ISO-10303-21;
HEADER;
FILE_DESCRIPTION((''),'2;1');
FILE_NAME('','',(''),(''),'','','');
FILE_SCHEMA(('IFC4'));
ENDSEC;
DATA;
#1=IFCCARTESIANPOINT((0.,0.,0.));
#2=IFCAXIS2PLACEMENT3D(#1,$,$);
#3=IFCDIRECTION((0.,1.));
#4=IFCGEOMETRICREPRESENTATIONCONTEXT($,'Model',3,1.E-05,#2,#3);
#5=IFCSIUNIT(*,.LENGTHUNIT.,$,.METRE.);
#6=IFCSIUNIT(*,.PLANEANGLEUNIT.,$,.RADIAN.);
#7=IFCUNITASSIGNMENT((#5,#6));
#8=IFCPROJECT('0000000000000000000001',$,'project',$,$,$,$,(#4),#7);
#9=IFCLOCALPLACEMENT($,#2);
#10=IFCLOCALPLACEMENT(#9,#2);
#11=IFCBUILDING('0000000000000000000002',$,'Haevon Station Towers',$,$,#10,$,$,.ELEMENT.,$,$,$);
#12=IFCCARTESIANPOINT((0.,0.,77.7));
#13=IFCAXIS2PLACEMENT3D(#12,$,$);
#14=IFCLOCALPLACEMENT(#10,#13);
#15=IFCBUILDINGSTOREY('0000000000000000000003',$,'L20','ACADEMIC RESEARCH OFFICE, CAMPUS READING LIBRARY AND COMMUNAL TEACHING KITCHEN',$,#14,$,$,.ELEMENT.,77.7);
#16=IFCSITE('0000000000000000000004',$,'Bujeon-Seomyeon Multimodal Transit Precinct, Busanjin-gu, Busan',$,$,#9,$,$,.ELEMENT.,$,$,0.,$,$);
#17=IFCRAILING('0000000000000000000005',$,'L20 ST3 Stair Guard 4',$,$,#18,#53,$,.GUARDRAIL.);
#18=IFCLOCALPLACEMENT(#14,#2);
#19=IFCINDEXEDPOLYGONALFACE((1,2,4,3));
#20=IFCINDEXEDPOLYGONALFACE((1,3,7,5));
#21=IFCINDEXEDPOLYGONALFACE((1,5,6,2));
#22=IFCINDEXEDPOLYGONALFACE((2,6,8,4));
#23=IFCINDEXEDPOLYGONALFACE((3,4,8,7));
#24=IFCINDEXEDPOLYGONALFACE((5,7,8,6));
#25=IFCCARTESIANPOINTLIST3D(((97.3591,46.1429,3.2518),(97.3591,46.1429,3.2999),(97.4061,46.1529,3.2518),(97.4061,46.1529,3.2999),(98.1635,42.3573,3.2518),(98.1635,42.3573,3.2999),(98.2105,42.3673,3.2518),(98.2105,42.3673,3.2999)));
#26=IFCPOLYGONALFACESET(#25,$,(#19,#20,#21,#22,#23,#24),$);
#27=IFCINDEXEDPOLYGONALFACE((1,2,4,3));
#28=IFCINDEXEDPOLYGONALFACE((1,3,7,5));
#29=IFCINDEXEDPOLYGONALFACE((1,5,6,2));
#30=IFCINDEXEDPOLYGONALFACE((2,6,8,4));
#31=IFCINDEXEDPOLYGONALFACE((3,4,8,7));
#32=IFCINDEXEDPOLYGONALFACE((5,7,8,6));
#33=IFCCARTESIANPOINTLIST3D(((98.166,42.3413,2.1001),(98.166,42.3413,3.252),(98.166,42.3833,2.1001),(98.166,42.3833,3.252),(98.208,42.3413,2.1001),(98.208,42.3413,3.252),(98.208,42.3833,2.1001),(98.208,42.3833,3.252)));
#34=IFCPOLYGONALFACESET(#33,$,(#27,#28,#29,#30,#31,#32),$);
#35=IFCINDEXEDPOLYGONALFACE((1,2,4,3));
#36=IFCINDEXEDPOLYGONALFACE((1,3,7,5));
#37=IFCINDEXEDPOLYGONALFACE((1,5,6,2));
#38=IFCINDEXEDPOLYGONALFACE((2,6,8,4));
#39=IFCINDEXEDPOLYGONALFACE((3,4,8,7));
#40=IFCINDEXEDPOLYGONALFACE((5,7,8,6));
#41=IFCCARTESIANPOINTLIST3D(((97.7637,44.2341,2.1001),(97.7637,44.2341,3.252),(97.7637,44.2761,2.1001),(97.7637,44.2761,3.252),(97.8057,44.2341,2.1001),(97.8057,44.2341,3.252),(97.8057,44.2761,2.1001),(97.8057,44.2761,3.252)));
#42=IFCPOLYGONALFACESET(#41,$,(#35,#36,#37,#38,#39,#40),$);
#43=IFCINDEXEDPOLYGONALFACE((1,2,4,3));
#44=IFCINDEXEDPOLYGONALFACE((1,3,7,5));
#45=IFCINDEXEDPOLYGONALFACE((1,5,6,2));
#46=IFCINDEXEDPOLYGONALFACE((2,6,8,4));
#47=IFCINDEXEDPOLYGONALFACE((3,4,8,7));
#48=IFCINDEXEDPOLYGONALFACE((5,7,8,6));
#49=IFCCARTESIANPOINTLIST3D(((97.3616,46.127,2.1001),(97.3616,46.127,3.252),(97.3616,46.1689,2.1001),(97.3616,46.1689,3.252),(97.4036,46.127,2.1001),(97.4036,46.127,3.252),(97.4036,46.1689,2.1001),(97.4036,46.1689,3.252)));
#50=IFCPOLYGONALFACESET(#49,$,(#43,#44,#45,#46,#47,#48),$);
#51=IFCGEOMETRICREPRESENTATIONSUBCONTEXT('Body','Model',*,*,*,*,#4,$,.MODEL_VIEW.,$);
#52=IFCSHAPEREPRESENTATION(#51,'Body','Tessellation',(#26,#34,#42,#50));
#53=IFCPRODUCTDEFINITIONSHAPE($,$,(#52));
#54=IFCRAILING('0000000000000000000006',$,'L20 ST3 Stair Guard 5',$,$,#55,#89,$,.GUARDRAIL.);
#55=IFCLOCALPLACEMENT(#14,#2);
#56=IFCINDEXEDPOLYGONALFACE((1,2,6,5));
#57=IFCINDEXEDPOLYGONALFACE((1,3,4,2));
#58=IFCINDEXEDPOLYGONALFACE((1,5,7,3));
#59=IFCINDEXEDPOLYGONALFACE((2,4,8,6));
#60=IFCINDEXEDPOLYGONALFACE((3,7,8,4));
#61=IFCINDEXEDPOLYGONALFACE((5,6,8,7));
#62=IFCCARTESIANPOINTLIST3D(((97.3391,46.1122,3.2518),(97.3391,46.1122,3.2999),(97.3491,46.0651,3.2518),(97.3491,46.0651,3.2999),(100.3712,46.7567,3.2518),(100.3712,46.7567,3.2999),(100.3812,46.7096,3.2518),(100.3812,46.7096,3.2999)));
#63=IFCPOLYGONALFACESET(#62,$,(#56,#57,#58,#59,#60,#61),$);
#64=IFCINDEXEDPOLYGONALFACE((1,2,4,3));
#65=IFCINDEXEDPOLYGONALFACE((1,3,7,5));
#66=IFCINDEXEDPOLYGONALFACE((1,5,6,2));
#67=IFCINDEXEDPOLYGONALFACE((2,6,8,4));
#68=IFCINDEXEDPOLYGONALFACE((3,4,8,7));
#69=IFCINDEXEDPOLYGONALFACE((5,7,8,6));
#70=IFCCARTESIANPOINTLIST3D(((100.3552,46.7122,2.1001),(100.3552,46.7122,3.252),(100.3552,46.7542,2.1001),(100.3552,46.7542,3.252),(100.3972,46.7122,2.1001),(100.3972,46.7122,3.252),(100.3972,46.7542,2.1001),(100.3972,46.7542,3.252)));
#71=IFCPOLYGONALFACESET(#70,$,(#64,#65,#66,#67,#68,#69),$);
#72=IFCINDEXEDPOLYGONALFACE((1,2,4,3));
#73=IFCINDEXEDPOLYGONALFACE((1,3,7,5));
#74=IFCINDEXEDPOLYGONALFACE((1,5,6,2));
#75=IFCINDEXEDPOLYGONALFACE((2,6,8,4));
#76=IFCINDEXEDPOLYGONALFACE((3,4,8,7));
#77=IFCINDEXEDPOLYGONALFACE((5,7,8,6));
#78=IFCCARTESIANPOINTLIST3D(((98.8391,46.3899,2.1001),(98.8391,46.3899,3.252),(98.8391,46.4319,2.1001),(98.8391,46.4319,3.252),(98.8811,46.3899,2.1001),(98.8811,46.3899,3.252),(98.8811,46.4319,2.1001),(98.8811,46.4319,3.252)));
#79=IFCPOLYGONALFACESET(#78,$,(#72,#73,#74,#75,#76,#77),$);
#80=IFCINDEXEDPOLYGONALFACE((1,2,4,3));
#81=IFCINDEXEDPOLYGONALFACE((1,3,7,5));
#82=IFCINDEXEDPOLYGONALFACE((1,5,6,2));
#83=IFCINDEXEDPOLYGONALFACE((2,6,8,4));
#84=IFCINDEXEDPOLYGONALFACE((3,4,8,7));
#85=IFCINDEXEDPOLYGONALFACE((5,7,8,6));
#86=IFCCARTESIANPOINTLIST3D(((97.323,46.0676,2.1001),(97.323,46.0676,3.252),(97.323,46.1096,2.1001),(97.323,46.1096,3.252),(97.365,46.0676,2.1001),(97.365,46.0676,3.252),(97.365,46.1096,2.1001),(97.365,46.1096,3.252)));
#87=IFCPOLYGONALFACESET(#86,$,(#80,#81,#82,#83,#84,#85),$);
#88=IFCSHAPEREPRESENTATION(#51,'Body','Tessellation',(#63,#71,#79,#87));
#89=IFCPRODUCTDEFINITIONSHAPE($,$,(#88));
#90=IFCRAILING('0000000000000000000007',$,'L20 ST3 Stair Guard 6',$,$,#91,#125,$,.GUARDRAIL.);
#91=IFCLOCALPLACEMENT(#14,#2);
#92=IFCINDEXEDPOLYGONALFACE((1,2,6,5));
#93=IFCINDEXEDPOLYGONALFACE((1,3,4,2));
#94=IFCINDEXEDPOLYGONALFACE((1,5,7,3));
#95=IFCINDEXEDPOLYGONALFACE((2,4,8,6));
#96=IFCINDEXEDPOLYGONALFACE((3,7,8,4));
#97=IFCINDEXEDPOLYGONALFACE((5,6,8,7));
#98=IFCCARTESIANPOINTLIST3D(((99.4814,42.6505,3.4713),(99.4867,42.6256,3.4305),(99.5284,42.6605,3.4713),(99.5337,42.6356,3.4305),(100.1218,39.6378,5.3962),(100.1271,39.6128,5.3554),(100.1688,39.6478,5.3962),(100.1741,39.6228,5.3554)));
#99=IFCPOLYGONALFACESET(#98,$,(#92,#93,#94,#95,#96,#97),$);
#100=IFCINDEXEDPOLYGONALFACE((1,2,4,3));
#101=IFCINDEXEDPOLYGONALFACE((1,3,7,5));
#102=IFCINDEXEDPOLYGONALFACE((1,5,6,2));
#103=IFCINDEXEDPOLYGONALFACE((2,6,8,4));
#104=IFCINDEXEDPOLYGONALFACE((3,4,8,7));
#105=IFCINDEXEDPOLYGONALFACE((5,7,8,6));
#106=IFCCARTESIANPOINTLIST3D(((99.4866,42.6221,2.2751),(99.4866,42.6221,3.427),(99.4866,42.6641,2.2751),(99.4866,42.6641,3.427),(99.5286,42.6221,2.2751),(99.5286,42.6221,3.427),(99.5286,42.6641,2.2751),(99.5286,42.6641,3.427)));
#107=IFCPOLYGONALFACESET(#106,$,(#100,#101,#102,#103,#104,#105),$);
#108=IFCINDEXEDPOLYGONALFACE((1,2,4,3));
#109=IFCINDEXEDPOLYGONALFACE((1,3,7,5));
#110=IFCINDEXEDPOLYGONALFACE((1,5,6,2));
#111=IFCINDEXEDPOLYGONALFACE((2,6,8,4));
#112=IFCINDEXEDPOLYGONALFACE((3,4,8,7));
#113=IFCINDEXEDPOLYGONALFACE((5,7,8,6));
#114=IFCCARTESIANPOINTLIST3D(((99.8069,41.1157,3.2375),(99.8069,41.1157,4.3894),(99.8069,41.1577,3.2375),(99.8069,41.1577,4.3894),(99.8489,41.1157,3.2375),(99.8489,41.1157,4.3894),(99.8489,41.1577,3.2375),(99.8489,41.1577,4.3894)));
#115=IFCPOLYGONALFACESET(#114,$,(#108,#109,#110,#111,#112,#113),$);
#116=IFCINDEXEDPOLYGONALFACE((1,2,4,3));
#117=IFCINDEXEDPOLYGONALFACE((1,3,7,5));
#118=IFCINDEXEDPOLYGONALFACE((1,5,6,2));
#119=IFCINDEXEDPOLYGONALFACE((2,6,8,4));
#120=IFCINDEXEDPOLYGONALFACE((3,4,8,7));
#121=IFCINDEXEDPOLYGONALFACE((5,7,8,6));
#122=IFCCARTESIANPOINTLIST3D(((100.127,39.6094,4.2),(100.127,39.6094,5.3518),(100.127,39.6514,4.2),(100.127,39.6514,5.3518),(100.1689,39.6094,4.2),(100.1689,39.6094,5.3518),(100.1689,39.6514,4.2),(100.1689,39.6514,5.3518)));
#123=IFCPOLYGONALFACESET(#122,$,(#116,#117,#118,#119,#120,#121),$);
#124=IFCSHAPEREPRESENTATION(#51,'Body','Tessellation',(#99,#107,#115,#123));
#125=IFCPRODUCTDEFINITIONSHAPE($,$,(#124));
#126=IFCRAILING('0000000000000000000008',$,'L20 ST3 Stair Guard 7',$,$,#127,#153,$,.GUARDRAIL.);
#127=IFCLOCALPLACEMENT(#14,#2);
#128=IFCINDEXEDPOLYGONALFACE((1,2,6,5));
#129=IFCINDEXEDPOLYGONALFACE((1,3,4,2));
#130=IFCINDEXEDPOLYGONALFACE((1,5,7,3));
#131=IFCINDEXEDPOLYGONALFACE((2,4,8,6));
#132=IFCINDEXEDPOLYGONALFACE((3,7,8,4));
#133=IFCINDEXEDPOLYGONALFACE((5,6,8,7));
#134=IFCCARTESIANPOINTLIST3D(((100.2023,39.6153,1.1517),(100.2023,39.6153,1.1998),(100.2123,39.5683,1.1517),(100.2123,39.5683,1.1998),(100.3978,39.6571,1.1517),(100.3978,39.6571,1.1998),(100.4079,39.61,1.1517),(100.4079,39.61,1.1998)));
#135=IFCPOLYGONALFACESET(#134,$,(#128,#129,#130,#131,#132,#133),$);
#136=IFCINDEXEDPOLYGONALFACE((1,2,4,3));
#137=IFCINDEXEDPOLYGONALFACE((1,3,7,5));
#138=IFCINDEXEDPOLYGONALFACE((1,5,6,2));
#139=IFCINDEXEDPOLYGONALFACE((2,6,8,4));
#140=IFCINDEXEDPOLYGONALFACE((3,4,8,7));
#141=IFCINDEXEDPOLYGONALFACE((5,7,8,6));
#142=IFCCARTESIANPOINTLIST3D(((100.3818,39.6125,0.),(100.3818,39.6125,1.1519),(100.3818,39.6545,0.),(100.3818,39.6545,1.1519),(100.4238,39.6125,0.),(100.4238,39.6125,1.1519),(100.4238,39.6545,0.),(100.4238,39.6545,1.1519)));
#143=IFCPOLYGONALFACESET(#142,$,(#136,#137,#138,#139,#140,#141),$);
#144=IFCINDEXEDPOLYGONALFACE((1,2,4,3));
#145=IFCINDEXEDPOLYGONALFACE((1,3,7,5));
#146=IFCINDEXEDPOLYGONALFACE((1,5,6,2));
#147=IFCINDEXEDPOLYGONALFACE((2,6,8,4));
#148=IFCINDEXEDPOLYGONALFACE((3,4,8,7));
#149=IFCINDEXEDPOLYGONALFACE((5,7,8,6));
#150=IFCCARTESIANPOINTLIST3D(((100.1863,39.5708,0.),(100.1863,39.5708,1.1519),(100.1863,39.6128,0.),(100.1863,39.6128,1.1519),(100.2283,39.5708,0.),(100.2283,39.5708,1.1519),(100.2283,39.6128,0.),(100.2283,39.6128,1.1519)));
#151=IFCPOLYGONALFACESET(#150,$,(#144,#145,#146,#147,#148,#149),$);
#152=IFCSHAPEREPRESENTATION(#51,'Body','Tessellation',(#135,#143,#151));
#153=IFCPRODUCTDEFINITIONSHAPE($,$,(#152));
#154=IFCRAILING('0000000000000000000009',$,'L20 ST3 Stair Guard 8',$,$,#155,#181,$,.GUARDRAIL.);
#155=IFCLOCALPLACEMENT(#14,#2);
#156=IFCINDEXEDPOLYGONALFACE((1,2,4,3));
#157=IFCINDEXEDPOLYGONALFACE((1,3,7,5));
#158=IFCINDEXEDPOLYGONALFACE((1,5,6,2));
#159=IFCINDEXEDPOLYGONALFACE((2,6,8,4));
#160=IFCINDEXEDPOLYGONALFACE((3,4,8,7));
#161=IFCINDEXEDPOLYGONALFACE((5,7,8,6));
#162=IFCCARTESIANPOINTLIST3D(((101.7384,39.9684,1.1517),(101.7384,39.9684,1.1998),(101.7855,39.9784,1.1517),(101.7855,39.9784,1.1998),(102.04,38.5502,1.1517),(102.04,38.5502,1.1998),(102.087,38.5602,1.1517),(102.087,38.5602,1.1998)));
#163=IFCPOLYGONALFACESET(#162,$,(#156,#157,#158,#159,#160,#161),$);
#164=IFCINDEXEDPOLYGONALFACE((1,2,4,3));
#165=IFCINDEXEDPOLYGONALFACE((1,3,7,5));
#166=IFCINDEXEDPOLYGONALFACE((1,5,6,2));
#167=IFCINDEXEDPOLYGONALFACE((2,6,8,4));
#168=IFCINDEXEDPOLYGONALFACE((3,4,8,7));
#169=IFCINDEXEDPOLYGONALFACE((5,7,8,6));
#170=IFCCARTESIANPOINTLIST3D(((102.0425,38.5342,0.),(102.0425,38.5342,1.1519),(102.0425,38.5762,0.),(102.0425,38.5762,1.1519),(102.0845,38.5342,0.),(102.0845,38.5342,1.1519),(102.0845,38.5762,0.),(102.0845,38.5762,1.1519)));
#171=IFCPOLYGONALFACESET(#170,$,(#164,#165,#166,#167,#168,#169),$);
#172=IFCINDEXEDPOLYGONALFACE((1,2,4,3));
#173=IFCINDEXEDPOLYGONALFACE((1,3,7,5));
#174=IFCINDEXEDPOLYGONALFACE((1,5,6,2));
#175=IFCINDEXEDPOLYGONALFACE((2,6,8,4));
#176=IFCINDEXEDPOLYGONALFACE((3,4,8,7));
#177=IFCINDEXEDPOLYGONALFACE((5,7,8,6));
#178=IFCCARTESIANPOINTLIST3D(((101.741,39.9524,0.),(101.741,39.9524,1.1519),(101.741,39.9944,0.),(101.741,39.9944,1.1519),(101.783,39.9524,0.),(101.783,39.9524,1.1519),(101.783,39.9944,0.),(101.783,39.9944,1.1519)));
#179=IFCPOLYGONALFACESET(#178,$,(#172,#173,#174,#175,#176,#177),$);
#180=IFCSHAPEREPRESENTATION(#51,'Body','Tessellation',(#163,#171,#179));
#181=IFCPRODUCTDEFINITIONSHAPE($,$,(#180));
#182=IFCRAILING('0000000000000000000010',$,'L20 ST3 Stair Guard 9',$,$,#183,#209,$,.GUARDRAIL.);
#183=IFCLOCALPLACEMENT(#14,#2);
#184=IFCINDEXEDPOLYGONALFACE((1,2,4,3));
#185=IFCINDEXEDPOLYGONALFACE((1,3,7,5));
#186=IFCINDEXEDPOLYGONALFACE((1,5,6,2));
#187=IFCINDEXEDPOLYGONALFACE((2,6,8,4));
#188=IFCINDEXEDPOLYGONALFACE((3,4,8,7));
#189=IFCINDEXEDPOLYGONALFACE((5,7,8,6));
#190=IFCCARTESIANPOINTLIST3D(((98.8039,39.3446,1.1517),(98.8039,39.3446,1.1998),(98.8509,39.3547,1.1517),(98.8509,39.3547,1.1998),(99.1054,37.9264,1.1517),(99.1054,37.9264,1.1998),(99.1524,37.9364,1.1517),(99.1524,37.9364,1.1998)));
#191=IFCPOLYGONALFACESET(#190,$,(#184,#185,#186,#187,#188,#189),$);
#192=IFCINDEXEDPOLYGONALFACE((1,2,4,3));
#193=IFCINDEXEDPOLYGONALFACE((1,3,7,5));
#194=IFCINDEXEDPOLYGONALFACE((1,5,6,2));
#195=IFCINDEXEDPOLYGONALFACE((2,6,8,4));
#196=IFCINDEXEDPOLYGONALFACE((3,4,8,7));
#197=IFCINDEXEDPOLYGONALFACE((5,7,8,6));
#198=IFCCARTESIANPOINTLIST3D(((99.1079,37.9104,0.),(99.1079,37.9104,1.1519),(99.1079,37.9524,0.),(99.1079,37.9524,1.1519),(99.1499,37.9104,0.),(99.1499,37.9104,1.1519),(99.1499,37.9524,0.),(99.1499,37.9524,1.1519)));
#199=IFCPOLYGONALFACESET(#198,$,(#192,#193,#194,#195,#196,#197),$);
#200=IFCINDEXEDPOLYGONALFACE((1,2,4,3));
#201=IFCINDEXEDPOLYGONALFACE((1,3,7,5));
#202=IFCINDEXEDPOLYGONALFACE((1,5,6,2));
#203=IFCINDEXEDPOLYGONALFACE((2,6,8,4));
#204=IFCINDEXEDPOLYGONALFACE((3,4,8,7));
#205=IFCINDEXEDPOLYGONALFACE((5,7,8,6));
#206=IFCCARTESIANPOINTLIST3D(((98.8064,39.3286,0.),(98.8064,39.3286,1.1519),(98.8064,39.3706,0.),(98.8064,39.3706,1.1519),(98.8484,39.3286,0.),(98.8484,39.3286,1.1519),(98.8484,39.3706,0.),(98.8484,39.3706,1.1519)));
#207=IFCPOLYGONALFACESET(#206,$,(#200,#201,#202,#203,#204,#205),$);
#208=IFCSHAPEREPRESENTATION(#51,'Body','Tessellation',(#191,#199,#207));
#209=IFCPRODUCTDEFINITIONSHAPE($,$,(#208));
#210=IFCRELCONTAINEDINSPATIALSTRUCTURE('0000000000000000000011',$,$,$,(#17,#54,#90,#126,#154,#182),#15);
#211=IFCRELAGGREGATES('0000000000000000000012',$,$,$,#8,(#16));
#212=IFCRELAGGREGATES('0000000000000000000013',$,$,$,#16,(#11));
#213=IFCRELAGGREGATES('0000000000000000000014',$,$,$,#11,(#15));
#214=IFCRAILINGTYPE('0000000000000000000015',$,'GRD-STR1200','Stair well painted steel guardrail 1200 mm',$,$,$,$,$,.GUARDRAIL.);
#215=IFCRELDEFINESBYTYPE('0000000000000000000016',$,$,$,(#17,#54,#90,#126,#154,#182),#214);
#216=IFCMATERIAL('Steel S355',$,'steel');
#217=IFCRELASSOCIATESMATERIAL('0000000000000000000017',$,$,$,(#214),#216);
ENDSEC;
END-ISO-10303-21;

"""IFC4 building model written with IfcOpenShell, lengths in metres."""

from ifc_helpers import new_model, si_unit, direction, frame, origin, origin_2d, place, context, subcontext, project, spatial, rectangle, extrude, material, type_object, element, save


model = new_model("IFC4")

# Units and contexts
model_context = context("Model", 3, precision=1e-05, world=origin(), true_north=direction((0.0, 1.0)))
body_context = subcontext(model_context, "Body", "Model", "MODEL_VIEW")
ifc_project = project(units=[si_unit("LENGTHUNIT", "METRE"), si_unit("PLANEANGLEUNIT", "RADIAN")], contexts=[model_context])

# Site, building, storey
site_placement = place(None, origin())
site = spatial("IfcSite", under=ifc_project, at=site_placement, Name="Bujeon-Seomyeon Multimodal Transit Precinct, Busanjin-gu, Busan", CompositionType="ELEMENT", RefElevation=0.0)
building_placement = place(site_placement, origin())
building = spatial("IfcBuilding", under=site, at=building_placement, Name="Haevon Station Towers", CompositionType="ELEMENT")
storey_placement = place(building_placement, frame((0.0, 0.0, 77.7)))
storey = spatial("IfcBuildingStorey", under=building, at=storey_placement, Name="L20", Description="ACADEMIC RESEARCH OFFICE, CAMPUS READING LIBRARY AND COMMUNAL TEACHING KITCHEN", CompositionType="ELEMENT", Elevation=77.7)

# Shared definitions
ifc_material_1 = material(Name="Steel S355", Category="steel")

# Railings
railing_type_1 = type_object("IfcRailingType", Name="GRD-STR1200", Description="Stair well painted steel guardrail 1200 mm", PredefinedType="GUARDRAIL", material=ifc_material_1)
railing_1_placement = place(storey_placement, frame((98.187, 42.3623, 2.1001)))
element("IfcRailing", 1, at=railing_1_placement, inside=storey, type_object=railing_type_1, Name="L20 ST3 Stair Guard 4", PredefinedType="GUARDRAIL", context=body_context, shape_type="SweptSolid", body=[
    extrude(rectangle(XDim=0.0481, YDim=0.0481, at=origin_2d()), frame((0.0, 0.0, 1.1758), z_axis=(-0.207857, 0.978159, 0.0), x_axis=(-0.978159, -0.207857, 0.0)), (0.0, 0.0, 1.0), 3.8701),
    extrude(rectangle(XDim=0.042, YDim=0.042, at=origin_2d()), origin(), (0.0, 0.0, 1.0), 1.1519),
    extrude(rectangle(XDim=0.042, YDim=0.042, at=origin_2d()), frame((-0.4023, 1.8928, 0.0)), (0.0, 0.0, 1.0), 1.1519),
    extrude(rectangle(XDim=0.042, YDim=0.042, at=origin_2d()), frame((-0.8044, 3.7856, 0.0)), (0.0, 0.0, 1.0), 1.1519),
])
railing_2_placement = place(storey_placement, frame((100.3762, 46.7332, 2.1001)))
element("IfcRailing", 2, at=railing_2_placement, inside=storey, type_object=railing_type_1, Name="L20 ST3 Stair Guard 5", PredefinedType="GUARDRAIL", context=body_context, shape_type="SweptSolid", body=[
    extrude(rectangle(XDim=0.0481, YDim=0.0481, at=origin_2d()), frame((0.0, 0.0, 1.1758), z_axis=(-0.978147, -0.207915, 0.0), x_axis=(0.207915, -0.978147, 0.0)), (0.0, 0.0, 1.0), 3.0999),
    extrude(rectangle(XDim=0.042, YDim=0.042, at=origin_2d()), origin(), (0.0, 0.0, 1.0), 1.1519),
    extrude(rectangle(XDim=0.042, YDim=0.042, at=origin_2d()), frame((-1.5161, -0.3223, 0.0)), (0.0, 0.0, 1.0), 1.1519),
    extrude(rectangle(XDim=0.042, YDim=0.042, at=origin_2d()), frame((-3.0322, -0.6445, 0.0)), (0.0, 0.0, 1.0), 1.1519),
])
railing_3_placement = place(storey_placement, frame((99.5076, 42.6431, 2.2751)))
element("IfcRailing", 3, at=railing_3_placement, inside=storey, type_object=railing_type_1, Name="L20 ST3 Stair Guard 6", PredefinedType="GUARDRAIL", context=body_context, shape_type="SweptSolid", body=[
    extrude(rectangle(XDim=0.0481, YDim=0.0481, at=origin_2d()), frame((0.0, 0.0, 1.1758), z_axis=(0.176317, -0.829491, 0.52996), x_axis=(0.978147, 0.207916, 0.0)), (0.0, 0.0, 1.0), 3.6321),
    extrude(rectangle(XDim=0.042, YDim=0.042, at=origin_2d()), origin(), (0.0, 0.0, 1.0), 1.1519),
    extrude(rectangle(XDim=0.042, YDim=0.042, at=origin_2d()), frame((0.3203, -1.5063, 0.9624)), (0.0, 0.0, 1.0), 1.1519),
    extrude(rectangle(XDim=0.042, YDim=0.042, at=origin_2d()), frame((0.6404, -3.0127, 1.9248)), (0.0, 0.0, 1.0), 1.1519),
])
railing_4_placement = place(storey_placement, frame((100.4028, 39.6335, 0.0)))
element("IfcRailing", 4, at=railing_4_placement, inside=storey, type_object=railing_type_1, Name="L20 ST3 Stair Guard 7", PredefinedType="GUARDRAIL", context=body_context, shape_type="SweptSolid", body=[
    extrude(rectangle(XDim=0.0481, YDim=0.0481, at=origin_2d()), frame((0.0, 0.0, 1.1758), z_axis=(-0.977963, -0.208779, 0.0), x_axis=(0.208779, -0.977963, 0.0)), (0.0, 0.0, 1.0), 0.2),
    extrude(rectangle(XDim=0.042, YDim=0.042, at=origin_2d()), origin(), (0.0, 0.0, 1.0), 1.1519),
    extrude(rectangle(XDim=0.042, YDim=0.042, at=origin_2d()), frame((-0.1956, -0.0417, 0.0)), (0.0, 0.0, 1.0), 1.1519),
])
for number, where, name in (
    (5, (102.0635, 38.5552, 0.0), "L20 ST3 Stair Guard 8"),
    (6, (99.1289, 37.9314, 0.0), "L20 ST3 Stair Guard 9"),
):
    element("IfcRailing", number, at=place(storey_placement, frame(where)), inside=storey, type_object=railing_type_1, Name=name, PredefinedType="GUARDRAIL", context=body_context, shape_type="SweptSolid", body=[
        extrude(rectangle(XDim=0.0481, YDim=0.0481, at=origin_2d()), frame((0.0, 0.0, 1.1758), z_axis=(-0.207953, 0.978139, 0.0), x_axis=(-0.978139, -0.207953, 0.0)), (0.0, 0.0, 1.0), 1.45),
        extrude(rectangle(XDim=0.042, YDim=0.042, at=origin_2d()), origin(), (0.0, 0.0, 1.0), 1.1519),
        extrude(rectangle(XDim=0.042, YDim=0.042, at=origin_2d()), frame((-0.3015, 1.4182, 0.0)), (0.0, 0.0, 1.0), 1.1519),
    ])

save(model, "model.ifc")
